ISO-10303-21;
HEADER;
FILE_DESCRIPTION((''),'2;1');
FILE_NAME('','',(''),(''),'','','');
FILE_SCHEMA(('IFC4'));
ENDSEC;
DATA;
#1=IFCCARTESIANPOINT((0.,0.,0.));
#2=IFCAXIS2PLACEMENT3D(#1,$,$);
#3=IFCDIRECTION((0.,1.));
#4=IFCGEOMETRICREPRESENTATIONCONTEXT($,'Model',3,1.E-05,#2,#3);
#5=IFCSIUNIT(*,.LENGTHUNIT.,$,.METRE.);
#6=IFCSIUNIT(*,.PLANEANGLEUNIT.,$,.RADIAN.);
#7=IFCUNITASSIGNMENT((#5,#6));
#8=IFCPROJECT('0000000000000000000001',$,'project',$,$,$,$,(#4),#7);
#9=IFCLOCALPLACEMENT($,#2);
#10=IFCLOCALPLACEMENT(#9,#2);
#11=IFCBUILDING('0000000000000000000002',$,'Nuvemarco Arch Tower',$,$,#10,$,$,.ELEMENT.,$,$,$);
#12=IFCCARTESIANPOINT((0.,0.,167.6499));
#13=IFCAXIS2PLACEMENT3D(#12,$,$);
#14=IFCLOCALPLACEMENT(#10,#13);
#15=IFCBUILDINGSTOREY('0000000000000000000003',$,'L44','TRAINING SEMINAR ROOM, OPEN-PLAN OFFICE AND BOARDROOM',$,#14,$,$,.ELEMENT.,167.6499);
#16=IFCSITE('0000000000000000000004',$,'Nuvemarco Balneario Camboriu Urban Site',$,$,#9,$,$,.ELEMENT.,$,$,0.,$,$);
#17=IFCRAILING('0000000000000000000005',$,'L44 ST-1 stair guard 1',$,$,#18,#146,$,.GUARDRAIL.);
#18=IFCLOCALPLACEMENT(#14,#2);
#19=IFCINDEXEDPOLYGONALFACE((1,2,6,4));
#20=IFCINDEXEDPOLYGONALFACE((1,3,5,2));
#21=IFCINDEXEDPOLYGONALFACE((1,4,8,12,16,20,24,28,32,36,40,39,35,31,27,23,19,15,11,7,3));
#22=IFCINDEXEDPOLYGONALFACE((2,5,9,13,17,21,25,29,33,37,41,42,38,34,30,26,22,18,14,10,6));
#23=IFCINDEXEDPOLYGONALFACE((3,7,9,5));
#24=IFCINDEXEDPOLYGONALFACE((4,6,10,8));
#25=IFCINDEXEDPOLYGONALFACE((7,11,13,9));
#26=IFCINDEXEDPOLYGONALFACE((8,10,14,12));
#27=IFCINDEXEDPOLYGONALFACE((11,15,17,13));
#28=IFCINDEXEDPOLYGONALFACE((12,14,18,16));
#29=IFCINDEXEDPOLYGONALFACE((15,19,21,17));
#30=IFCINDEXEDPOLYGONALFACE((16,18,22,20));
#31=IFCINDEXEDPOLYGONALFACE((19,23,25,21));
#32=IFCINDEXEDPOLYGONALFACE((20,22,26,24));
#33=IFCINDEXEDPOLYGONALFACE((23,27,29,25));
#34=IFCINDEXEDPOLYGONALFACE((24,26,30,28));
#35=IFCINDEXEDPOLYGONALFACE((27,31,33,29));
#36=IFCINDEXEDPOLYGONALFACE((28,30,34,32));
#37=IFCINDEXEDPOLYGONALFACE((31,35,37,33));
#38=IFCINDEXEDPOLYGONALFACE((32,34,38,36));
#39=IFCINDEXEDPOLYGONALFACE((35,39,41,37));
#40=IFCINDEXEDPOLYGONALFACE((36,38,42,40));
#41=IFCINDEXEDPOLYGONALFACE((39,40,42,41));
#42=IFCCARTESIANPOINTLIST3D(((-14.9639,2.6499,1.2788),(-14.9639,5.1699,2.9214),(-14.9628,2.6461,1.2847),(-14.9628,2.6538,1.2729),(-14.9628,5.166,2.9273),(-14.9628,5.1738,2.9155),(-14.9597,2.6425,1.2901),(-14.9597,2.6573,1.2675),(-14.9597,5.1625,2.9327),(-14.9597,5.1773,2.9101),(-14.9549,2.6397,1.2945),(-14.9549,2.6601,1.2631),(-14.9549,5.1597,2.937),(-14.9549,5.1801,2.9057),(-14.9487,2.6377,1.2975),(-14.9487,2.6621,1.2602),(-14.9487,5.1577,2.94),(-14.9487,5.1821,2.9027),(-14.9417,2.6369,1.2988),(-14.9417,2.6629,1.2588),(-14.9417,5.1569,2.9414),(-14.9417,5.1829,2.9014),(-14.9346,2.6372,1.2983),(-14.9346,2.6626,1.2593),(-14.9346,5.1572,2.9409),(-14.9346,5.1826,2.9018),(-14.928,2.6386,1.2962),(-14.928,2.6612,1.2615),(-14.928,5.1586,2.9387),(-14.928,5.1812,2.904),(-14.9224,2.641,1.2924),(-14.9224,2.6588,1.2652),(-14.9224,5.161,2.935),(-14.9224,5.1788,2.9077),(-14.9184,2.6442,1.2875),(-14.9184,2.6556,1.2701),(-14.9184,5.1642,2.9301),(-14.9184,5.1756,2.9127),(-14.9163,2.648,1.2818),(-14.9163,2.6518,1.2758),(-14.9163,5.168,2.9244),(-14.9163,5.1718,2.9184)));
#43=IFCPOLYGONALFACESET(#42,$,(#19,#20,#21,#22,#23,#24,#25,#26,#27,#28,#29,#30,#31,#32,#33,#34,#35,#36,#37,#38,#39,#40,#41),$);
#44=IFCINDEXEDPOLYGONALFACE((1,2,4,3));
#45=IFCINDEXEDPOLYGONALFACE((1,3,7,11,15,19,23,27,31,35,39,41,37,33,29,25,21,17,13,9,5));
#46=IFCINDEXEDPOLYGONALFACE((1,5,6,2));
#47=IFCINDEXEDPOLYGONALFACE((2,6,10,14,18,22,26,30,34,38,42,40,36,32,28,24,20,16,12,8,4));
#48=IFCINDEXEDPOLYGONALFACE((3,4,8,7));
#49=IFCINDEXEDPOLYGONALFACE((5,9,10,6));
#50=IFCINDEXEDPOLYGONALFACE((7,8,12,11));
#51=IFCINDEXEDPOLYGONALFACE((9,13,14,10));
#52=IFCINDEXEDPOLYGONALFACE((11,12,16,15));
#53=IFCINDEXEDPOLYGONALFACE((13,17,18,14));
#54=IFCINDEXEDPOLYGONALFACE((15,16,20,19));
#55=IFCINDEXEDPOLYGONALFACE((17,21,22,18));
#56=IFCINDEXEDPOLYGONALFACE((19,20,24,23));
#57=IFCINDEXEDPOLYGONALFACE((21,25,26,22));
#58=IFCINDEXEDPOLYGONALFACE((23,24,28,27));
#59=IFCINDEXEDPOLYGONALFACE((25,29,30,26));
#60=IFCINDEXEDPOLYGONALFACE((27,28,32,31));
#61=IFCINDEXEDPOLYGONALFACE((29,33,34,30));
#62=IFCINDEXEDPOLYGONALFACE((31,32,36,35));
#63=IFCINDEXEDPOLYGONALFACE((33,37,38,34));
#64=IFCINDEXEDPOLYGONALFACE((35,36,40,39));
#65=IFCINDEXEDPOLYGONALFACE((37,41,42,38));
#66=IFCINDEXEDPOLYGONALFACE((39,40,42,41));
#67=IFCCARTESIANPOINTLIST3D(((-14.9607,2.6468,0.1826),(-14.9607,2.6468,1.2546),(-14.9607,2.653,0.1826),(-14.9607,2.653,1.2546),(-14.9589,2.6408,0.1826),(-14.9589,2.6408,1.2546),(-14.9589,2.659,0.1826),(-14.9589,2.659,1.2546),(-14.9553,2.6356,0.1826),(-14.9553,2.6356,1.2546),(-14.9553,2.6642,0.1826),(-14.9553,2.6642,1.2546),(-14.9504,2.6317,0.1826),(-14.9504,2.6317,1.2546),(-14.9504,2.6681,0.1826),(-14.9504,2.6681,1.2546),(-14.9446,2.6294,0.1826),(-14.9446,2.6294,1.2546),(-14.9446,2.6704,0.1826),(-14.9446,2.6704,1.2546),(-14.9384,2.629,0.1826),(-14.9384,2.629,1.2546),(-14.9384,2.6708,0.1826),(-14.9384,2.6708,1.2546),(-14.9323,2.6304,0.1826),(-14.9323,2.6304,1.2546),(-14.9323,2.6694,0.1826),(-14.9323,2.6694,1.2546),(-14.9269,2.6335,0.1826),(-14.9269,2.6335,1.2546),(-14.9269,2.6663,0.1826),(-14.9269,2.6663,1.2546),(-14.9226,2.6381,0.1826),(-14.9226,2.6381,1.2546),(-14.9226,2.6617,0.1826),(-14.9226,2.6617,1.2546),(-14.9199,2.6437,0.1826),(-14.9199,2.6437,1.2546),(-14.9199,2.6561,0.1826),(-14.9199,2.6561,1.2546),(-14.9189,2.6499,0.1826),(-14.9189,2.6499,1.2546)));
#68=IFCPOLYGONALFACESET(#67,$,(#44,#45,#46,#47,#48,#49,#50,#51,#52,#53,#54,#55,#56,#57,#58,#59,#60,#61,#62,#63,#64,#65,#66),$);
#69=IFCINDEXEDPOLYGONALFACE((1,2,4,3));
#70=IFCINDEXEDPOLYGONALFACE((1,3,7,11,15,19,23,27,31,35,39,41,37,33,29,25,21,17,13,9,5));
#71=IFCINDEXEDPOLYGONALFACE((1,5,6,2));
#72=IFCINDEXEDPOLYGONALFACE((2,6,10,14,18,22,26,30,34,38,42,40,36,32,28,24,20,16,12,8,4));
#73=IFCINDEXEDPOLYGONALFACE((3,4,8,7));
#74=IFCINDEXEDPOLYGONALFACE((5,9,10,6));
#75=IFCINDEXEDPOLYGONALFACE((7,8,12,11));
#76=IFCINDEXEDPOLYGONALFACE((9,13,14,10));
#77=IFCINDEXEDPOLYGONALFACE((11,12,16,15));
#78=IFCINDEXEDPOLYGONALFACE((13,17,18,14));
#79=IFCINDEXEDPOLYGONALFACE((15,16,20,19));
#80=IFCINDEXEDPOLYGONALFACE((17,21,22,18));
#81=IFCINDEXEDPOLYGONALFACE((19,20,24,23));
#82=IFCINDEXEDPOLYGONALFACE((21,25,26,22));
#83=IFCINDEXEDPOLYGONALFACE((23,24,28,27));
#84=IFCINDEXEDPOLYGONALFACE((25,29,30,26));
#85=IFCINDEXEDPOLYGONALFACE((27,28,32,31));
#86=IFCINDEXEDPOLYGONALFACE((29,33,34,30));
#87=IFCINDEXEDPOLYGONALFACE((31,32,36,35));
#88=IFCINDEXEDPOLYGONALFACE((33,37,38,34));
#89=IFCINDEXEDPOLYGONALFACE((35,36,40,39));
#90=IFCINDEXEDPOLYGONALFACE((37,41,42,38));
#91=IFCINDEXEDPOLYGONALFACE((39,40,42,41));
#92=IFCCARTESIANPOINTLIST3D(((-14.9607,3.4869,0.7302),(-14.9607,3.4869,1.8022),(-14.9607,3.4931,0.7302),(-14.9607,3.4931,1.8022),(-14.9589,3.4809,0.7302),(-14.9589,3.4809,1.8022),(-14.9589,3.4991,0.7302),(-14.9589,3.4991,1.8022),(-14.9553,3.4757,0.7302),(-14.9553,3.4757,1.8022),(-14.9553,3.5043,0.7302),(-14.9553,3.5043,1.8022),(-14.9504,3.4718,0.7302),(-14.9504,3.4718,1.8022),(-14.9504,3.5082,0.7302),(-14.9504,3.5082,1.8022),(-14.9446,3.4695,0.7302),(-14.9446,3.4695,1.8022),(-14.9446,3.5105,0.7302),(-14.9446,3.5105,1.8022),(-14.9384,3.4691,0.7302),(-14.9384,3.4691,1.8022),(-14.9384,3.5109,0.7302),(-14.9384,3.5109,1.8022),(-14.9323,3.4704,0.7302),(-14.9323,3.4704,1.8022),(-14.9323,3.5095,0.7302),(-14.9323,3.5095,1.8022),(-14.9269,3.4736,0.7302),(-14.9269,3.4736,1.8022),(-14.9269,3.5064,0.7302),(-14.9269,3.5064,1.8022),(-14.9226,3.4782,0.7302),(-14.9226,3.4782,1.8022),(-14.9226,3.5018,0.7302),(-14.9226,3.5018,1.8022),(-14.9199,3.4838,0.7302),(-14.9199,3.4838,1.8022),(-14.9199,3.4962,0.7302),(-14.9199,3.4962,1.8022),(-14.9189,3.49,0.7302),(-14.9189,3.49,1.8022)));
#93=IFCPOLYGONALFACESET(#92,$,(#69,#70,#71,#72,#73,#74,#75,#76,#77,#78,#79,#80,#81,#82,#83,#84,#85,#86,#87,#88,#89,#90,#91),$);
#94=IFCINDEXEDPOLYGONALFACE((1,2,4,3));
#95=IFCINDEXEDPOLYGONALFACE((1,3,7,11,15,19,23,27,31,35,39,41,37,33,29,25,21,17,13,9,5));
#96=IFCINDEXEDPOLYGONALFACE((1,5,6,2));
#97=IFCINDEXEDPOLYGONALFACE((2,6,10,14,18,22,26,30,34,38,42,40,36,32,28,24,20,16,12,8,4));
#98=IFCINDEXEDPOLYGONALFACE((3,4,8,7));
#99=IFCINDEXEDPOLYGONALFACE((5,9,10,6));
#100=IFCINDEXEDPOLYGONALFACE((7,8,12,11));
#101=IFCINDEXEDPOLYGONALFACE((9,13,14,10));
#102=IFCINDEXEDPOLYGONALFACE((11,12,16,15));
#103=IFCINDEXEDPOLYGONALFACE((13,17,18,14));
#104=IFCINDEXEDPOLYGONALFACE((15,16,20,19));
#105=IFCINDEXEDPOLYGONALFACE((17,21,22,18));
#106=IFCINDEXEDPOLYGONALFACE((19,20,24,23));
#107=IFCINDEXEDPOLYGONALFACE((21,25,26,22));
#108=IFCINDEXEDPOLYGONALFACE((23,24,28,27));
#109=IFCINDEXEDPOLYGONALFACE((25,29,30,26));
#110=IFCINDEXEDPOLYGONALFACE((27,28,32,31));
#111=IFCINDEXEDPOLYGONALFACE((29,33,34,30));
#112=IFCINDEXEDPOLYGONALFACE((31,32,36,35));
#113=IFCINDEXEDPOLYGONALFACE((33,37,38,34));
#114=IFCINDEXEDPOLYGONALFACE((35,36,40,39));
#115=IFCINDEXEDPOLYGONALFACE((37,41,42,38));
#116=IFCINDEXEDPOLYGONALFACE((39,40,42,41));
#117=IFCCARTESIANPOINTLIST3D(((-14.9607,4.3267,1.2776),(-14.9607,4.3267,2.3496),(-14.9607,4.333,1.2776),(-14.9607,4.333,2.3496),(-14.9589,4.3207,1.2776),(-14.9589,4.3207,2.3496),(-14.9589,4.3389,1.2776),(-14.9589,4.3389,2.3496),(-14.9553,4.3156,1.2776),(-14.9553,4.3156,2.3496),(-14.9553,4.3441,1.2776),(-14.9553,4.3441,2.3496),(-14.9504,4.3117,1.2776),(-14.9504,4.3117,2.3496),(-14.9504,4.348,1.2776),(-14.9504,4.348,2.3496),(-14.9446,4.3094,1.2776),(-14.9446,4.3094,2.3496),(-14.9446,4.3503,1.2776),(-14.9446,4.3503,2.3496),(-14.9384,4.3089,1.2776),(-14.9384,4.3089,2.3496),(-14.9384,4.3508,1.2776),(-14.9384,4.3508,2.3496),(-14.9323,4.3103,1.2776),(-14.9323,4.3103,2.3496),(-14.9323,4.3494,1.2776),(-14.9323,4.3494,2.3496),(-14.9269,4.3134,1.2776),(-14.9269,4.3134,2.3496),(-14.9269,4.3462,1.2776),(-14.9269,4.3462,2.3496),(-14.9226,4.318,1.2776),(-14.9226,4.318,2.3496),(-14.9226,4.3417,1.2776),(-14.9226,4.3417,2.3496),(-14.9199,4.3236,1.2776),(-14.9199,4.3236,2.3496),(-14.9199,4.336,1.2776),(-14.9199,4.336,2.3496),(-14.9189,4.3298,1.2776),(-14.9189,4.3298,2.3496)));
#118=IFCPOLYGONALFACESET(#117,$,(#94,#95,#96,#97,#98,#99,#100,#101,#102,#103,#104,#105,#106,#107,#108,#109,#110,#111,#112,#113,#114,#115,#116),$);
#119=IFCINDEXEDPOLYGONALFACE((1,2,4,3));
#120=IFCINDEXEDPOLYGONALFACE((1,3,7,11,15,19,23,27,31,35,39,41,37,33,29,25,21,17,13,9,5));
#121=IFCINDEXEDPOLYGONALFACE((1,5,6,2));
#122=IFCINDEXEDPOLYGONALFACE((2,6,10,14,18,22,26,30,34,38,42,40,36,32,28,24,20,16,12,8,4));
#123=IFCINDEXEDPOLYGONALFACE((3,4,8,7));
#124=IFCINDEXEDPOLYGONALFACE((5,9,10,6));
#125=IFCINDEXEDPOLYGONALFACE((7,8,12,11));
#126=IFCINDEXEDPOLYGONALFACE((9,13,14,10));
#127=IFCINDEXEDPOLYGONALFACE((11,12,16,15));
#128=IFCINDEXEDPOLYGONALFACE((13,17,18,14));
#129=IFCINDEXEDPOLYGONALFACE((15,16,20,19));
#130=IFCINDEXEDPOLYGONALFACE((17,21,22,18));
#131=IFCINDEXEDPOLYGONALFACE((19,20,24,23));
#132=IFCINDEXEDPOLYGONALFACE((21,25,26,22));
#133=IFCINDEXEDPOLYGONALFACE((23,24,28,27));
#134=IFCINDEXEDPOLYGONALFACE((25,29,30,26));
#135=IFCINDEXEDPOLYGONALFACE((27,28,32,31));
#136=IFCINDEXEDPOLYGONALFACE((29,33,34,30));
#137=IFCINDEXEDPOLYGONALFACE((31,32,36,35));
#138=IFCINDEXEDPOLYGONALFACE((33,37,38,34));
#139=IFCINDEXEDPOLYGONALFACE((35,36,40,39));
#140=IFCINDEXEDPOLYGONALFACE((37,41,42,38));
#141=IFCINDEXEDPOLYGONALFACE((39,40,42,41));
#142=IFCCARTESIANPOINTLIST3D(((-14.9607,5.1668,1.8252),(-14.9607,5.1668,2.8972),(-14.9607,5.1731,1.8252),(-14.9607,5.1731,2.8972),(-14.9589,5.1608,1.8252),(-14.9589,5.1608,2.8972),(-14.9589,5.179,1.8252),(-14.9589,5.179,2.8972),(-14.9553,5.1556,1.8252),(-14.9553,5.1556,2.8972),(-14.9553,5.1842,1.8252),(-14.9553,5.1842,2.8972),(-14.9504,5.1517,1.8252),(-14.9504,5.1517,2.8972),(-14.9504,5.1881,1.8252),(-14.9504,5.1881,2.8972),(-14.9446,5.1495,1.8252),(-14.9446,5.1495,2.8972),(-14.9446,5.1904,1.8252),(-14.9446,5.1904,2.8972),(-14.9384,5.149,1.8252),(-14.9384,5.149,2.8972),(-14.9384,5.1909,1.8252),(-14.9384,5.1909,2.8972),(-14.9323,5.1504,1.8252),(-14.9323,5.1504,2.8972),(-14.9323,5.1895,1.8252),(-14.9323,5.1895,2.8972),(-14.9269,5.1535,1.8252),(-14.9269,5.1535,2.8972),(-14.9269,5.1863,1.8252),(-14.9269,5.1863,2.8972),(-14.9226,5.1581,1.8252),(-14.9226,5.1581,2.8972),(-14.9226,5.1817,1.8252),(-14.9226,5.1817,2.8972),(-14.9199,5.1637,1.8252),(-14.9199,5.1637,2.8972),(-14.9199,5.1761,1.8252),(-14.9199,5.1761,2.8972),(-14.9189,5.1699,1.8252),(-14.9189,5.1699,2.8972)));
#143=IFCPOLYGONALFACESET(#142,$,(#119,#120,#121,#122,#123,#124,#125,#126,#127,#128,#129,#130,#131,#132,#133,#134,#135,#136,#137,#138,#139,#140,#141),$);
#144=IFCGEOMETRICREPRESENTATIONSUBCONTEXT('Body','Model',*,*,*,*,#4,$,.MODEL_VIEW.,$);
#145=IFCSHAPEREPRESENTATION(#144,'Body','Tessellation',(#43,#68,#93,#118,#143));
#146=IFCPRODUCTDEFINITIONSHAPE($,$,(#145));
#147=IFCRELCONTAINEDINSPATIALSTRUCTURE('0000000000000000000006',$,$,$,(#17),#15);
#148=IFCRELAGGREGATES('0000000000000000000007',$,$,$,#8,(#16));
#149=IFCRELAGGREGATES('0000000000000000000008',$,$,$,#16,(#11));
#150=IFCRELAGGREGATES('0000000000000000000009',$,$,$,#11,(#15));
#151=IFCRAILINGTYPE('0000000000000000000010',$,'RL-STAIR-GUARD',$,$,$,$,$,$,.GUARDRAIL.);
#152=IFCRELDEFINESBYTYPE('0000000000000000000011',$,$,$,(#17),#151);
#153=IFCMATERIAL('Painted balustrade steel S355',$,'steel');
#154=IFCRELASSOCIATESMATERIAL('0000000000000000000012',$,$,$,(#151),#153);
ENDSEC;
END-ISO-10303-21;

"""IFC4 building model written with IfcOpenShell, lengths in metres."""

from ifc_helpers import new_model, si_unit, direction, frame, origin, origin_2d, place, context, subcontext, project, spatial, circle, extrude, material, type_object, element, save


model = new_model("IFC4")

# Units and contexts
model_context = context("Model", 3, precision=1e-05, world=origin(), true_north=direction((0.0, 1.0)))
body_context = subcontext(model_context, "Body", "Model", "MODEL_VIEW")
ifc_project = project(units=[si_unit("LENGTHUNIT", "METRE"), si_unit("PLANEANGLEUNIT", "RADIAN")], contexts=[model_context])

# Site, building, storey
site_placement = place(None, origin())
site = spatial("IfcSite", under=ifc_project, at=site_placement, Name="Nuvemarco Balneario Camboriu Urban Site", CompositionType="ELEMENT", RefElevation=0.0)
building_placement = place(site_placement, origin())
building = spatial("IfcBuilding", under=site, at=building_placement, Name="Nuvemarco Arch Tower", CompositionType="ELEMENT")
storey_placement = place(building_placement, frame((0.0, 0.0, 167.6499)))
storey = spatial("IfcBuildingStorey", under=building, at=storey_placement, Name="L44", Description="TRAINING SEMINAR ROOM, OPEN-PLAN OFFICE AND BOARDROOM", CompositionType="ELEMENT", Elevation=167.6499)

# Railing
ifc_material_1 = material(Name="Painted balustrade steel S355", Category="steel")
railing_type_1 = type_object("IfcRailingType", Name="RL-STAIR-GUARD", PredefinedType="GUARDRAIL", material=ifc_material_1)
railing_1_placement = place(storey_placement, frame((-14.9399, 2.6499, 0.1826)))
element("IfcRailing", 1, at=railing_1_placement, inside=storey, type_object=railing_type_1, Name="L44 ST-1 stair guard 1", PredefinedType="GUARDRAIL", context=body_context, shape_type="SweptSolid", body=[
    extrude(circle(Radius=0.0239, at=origin_2d()), frame((0.0, 0.0, 1.0962), z_axis=(0.0, 0.837749, 0.546055), x_axis=(-1.0, 0.0, 0.0)), (0.0, 0.0, 1.0), 3.0081),
    extrude(circle(Radius=0.021, at=origin_2d()), origin(), (0.0, 0.0, 1.0), 1.072),
    extrude(circle(Radius=0.021, at=origin_2d()), frame((0.0, 0.8401, 0.5476)), (0.0, 0.0, 1.0), 1.072),
    extrude(circle(Radius=0.021, at=origin_2d()), frame((0.0, 1.6799, 1.095)), (0.0, 0.0, 1.0), 1.072),
    extrude(circle(Radius=0.021, at=origin_2d()), frame((0.0, 2.52, 1.6426)), (0.0, 0.0, 1.0), 1.072),
])

save(model, "model.ifc")
